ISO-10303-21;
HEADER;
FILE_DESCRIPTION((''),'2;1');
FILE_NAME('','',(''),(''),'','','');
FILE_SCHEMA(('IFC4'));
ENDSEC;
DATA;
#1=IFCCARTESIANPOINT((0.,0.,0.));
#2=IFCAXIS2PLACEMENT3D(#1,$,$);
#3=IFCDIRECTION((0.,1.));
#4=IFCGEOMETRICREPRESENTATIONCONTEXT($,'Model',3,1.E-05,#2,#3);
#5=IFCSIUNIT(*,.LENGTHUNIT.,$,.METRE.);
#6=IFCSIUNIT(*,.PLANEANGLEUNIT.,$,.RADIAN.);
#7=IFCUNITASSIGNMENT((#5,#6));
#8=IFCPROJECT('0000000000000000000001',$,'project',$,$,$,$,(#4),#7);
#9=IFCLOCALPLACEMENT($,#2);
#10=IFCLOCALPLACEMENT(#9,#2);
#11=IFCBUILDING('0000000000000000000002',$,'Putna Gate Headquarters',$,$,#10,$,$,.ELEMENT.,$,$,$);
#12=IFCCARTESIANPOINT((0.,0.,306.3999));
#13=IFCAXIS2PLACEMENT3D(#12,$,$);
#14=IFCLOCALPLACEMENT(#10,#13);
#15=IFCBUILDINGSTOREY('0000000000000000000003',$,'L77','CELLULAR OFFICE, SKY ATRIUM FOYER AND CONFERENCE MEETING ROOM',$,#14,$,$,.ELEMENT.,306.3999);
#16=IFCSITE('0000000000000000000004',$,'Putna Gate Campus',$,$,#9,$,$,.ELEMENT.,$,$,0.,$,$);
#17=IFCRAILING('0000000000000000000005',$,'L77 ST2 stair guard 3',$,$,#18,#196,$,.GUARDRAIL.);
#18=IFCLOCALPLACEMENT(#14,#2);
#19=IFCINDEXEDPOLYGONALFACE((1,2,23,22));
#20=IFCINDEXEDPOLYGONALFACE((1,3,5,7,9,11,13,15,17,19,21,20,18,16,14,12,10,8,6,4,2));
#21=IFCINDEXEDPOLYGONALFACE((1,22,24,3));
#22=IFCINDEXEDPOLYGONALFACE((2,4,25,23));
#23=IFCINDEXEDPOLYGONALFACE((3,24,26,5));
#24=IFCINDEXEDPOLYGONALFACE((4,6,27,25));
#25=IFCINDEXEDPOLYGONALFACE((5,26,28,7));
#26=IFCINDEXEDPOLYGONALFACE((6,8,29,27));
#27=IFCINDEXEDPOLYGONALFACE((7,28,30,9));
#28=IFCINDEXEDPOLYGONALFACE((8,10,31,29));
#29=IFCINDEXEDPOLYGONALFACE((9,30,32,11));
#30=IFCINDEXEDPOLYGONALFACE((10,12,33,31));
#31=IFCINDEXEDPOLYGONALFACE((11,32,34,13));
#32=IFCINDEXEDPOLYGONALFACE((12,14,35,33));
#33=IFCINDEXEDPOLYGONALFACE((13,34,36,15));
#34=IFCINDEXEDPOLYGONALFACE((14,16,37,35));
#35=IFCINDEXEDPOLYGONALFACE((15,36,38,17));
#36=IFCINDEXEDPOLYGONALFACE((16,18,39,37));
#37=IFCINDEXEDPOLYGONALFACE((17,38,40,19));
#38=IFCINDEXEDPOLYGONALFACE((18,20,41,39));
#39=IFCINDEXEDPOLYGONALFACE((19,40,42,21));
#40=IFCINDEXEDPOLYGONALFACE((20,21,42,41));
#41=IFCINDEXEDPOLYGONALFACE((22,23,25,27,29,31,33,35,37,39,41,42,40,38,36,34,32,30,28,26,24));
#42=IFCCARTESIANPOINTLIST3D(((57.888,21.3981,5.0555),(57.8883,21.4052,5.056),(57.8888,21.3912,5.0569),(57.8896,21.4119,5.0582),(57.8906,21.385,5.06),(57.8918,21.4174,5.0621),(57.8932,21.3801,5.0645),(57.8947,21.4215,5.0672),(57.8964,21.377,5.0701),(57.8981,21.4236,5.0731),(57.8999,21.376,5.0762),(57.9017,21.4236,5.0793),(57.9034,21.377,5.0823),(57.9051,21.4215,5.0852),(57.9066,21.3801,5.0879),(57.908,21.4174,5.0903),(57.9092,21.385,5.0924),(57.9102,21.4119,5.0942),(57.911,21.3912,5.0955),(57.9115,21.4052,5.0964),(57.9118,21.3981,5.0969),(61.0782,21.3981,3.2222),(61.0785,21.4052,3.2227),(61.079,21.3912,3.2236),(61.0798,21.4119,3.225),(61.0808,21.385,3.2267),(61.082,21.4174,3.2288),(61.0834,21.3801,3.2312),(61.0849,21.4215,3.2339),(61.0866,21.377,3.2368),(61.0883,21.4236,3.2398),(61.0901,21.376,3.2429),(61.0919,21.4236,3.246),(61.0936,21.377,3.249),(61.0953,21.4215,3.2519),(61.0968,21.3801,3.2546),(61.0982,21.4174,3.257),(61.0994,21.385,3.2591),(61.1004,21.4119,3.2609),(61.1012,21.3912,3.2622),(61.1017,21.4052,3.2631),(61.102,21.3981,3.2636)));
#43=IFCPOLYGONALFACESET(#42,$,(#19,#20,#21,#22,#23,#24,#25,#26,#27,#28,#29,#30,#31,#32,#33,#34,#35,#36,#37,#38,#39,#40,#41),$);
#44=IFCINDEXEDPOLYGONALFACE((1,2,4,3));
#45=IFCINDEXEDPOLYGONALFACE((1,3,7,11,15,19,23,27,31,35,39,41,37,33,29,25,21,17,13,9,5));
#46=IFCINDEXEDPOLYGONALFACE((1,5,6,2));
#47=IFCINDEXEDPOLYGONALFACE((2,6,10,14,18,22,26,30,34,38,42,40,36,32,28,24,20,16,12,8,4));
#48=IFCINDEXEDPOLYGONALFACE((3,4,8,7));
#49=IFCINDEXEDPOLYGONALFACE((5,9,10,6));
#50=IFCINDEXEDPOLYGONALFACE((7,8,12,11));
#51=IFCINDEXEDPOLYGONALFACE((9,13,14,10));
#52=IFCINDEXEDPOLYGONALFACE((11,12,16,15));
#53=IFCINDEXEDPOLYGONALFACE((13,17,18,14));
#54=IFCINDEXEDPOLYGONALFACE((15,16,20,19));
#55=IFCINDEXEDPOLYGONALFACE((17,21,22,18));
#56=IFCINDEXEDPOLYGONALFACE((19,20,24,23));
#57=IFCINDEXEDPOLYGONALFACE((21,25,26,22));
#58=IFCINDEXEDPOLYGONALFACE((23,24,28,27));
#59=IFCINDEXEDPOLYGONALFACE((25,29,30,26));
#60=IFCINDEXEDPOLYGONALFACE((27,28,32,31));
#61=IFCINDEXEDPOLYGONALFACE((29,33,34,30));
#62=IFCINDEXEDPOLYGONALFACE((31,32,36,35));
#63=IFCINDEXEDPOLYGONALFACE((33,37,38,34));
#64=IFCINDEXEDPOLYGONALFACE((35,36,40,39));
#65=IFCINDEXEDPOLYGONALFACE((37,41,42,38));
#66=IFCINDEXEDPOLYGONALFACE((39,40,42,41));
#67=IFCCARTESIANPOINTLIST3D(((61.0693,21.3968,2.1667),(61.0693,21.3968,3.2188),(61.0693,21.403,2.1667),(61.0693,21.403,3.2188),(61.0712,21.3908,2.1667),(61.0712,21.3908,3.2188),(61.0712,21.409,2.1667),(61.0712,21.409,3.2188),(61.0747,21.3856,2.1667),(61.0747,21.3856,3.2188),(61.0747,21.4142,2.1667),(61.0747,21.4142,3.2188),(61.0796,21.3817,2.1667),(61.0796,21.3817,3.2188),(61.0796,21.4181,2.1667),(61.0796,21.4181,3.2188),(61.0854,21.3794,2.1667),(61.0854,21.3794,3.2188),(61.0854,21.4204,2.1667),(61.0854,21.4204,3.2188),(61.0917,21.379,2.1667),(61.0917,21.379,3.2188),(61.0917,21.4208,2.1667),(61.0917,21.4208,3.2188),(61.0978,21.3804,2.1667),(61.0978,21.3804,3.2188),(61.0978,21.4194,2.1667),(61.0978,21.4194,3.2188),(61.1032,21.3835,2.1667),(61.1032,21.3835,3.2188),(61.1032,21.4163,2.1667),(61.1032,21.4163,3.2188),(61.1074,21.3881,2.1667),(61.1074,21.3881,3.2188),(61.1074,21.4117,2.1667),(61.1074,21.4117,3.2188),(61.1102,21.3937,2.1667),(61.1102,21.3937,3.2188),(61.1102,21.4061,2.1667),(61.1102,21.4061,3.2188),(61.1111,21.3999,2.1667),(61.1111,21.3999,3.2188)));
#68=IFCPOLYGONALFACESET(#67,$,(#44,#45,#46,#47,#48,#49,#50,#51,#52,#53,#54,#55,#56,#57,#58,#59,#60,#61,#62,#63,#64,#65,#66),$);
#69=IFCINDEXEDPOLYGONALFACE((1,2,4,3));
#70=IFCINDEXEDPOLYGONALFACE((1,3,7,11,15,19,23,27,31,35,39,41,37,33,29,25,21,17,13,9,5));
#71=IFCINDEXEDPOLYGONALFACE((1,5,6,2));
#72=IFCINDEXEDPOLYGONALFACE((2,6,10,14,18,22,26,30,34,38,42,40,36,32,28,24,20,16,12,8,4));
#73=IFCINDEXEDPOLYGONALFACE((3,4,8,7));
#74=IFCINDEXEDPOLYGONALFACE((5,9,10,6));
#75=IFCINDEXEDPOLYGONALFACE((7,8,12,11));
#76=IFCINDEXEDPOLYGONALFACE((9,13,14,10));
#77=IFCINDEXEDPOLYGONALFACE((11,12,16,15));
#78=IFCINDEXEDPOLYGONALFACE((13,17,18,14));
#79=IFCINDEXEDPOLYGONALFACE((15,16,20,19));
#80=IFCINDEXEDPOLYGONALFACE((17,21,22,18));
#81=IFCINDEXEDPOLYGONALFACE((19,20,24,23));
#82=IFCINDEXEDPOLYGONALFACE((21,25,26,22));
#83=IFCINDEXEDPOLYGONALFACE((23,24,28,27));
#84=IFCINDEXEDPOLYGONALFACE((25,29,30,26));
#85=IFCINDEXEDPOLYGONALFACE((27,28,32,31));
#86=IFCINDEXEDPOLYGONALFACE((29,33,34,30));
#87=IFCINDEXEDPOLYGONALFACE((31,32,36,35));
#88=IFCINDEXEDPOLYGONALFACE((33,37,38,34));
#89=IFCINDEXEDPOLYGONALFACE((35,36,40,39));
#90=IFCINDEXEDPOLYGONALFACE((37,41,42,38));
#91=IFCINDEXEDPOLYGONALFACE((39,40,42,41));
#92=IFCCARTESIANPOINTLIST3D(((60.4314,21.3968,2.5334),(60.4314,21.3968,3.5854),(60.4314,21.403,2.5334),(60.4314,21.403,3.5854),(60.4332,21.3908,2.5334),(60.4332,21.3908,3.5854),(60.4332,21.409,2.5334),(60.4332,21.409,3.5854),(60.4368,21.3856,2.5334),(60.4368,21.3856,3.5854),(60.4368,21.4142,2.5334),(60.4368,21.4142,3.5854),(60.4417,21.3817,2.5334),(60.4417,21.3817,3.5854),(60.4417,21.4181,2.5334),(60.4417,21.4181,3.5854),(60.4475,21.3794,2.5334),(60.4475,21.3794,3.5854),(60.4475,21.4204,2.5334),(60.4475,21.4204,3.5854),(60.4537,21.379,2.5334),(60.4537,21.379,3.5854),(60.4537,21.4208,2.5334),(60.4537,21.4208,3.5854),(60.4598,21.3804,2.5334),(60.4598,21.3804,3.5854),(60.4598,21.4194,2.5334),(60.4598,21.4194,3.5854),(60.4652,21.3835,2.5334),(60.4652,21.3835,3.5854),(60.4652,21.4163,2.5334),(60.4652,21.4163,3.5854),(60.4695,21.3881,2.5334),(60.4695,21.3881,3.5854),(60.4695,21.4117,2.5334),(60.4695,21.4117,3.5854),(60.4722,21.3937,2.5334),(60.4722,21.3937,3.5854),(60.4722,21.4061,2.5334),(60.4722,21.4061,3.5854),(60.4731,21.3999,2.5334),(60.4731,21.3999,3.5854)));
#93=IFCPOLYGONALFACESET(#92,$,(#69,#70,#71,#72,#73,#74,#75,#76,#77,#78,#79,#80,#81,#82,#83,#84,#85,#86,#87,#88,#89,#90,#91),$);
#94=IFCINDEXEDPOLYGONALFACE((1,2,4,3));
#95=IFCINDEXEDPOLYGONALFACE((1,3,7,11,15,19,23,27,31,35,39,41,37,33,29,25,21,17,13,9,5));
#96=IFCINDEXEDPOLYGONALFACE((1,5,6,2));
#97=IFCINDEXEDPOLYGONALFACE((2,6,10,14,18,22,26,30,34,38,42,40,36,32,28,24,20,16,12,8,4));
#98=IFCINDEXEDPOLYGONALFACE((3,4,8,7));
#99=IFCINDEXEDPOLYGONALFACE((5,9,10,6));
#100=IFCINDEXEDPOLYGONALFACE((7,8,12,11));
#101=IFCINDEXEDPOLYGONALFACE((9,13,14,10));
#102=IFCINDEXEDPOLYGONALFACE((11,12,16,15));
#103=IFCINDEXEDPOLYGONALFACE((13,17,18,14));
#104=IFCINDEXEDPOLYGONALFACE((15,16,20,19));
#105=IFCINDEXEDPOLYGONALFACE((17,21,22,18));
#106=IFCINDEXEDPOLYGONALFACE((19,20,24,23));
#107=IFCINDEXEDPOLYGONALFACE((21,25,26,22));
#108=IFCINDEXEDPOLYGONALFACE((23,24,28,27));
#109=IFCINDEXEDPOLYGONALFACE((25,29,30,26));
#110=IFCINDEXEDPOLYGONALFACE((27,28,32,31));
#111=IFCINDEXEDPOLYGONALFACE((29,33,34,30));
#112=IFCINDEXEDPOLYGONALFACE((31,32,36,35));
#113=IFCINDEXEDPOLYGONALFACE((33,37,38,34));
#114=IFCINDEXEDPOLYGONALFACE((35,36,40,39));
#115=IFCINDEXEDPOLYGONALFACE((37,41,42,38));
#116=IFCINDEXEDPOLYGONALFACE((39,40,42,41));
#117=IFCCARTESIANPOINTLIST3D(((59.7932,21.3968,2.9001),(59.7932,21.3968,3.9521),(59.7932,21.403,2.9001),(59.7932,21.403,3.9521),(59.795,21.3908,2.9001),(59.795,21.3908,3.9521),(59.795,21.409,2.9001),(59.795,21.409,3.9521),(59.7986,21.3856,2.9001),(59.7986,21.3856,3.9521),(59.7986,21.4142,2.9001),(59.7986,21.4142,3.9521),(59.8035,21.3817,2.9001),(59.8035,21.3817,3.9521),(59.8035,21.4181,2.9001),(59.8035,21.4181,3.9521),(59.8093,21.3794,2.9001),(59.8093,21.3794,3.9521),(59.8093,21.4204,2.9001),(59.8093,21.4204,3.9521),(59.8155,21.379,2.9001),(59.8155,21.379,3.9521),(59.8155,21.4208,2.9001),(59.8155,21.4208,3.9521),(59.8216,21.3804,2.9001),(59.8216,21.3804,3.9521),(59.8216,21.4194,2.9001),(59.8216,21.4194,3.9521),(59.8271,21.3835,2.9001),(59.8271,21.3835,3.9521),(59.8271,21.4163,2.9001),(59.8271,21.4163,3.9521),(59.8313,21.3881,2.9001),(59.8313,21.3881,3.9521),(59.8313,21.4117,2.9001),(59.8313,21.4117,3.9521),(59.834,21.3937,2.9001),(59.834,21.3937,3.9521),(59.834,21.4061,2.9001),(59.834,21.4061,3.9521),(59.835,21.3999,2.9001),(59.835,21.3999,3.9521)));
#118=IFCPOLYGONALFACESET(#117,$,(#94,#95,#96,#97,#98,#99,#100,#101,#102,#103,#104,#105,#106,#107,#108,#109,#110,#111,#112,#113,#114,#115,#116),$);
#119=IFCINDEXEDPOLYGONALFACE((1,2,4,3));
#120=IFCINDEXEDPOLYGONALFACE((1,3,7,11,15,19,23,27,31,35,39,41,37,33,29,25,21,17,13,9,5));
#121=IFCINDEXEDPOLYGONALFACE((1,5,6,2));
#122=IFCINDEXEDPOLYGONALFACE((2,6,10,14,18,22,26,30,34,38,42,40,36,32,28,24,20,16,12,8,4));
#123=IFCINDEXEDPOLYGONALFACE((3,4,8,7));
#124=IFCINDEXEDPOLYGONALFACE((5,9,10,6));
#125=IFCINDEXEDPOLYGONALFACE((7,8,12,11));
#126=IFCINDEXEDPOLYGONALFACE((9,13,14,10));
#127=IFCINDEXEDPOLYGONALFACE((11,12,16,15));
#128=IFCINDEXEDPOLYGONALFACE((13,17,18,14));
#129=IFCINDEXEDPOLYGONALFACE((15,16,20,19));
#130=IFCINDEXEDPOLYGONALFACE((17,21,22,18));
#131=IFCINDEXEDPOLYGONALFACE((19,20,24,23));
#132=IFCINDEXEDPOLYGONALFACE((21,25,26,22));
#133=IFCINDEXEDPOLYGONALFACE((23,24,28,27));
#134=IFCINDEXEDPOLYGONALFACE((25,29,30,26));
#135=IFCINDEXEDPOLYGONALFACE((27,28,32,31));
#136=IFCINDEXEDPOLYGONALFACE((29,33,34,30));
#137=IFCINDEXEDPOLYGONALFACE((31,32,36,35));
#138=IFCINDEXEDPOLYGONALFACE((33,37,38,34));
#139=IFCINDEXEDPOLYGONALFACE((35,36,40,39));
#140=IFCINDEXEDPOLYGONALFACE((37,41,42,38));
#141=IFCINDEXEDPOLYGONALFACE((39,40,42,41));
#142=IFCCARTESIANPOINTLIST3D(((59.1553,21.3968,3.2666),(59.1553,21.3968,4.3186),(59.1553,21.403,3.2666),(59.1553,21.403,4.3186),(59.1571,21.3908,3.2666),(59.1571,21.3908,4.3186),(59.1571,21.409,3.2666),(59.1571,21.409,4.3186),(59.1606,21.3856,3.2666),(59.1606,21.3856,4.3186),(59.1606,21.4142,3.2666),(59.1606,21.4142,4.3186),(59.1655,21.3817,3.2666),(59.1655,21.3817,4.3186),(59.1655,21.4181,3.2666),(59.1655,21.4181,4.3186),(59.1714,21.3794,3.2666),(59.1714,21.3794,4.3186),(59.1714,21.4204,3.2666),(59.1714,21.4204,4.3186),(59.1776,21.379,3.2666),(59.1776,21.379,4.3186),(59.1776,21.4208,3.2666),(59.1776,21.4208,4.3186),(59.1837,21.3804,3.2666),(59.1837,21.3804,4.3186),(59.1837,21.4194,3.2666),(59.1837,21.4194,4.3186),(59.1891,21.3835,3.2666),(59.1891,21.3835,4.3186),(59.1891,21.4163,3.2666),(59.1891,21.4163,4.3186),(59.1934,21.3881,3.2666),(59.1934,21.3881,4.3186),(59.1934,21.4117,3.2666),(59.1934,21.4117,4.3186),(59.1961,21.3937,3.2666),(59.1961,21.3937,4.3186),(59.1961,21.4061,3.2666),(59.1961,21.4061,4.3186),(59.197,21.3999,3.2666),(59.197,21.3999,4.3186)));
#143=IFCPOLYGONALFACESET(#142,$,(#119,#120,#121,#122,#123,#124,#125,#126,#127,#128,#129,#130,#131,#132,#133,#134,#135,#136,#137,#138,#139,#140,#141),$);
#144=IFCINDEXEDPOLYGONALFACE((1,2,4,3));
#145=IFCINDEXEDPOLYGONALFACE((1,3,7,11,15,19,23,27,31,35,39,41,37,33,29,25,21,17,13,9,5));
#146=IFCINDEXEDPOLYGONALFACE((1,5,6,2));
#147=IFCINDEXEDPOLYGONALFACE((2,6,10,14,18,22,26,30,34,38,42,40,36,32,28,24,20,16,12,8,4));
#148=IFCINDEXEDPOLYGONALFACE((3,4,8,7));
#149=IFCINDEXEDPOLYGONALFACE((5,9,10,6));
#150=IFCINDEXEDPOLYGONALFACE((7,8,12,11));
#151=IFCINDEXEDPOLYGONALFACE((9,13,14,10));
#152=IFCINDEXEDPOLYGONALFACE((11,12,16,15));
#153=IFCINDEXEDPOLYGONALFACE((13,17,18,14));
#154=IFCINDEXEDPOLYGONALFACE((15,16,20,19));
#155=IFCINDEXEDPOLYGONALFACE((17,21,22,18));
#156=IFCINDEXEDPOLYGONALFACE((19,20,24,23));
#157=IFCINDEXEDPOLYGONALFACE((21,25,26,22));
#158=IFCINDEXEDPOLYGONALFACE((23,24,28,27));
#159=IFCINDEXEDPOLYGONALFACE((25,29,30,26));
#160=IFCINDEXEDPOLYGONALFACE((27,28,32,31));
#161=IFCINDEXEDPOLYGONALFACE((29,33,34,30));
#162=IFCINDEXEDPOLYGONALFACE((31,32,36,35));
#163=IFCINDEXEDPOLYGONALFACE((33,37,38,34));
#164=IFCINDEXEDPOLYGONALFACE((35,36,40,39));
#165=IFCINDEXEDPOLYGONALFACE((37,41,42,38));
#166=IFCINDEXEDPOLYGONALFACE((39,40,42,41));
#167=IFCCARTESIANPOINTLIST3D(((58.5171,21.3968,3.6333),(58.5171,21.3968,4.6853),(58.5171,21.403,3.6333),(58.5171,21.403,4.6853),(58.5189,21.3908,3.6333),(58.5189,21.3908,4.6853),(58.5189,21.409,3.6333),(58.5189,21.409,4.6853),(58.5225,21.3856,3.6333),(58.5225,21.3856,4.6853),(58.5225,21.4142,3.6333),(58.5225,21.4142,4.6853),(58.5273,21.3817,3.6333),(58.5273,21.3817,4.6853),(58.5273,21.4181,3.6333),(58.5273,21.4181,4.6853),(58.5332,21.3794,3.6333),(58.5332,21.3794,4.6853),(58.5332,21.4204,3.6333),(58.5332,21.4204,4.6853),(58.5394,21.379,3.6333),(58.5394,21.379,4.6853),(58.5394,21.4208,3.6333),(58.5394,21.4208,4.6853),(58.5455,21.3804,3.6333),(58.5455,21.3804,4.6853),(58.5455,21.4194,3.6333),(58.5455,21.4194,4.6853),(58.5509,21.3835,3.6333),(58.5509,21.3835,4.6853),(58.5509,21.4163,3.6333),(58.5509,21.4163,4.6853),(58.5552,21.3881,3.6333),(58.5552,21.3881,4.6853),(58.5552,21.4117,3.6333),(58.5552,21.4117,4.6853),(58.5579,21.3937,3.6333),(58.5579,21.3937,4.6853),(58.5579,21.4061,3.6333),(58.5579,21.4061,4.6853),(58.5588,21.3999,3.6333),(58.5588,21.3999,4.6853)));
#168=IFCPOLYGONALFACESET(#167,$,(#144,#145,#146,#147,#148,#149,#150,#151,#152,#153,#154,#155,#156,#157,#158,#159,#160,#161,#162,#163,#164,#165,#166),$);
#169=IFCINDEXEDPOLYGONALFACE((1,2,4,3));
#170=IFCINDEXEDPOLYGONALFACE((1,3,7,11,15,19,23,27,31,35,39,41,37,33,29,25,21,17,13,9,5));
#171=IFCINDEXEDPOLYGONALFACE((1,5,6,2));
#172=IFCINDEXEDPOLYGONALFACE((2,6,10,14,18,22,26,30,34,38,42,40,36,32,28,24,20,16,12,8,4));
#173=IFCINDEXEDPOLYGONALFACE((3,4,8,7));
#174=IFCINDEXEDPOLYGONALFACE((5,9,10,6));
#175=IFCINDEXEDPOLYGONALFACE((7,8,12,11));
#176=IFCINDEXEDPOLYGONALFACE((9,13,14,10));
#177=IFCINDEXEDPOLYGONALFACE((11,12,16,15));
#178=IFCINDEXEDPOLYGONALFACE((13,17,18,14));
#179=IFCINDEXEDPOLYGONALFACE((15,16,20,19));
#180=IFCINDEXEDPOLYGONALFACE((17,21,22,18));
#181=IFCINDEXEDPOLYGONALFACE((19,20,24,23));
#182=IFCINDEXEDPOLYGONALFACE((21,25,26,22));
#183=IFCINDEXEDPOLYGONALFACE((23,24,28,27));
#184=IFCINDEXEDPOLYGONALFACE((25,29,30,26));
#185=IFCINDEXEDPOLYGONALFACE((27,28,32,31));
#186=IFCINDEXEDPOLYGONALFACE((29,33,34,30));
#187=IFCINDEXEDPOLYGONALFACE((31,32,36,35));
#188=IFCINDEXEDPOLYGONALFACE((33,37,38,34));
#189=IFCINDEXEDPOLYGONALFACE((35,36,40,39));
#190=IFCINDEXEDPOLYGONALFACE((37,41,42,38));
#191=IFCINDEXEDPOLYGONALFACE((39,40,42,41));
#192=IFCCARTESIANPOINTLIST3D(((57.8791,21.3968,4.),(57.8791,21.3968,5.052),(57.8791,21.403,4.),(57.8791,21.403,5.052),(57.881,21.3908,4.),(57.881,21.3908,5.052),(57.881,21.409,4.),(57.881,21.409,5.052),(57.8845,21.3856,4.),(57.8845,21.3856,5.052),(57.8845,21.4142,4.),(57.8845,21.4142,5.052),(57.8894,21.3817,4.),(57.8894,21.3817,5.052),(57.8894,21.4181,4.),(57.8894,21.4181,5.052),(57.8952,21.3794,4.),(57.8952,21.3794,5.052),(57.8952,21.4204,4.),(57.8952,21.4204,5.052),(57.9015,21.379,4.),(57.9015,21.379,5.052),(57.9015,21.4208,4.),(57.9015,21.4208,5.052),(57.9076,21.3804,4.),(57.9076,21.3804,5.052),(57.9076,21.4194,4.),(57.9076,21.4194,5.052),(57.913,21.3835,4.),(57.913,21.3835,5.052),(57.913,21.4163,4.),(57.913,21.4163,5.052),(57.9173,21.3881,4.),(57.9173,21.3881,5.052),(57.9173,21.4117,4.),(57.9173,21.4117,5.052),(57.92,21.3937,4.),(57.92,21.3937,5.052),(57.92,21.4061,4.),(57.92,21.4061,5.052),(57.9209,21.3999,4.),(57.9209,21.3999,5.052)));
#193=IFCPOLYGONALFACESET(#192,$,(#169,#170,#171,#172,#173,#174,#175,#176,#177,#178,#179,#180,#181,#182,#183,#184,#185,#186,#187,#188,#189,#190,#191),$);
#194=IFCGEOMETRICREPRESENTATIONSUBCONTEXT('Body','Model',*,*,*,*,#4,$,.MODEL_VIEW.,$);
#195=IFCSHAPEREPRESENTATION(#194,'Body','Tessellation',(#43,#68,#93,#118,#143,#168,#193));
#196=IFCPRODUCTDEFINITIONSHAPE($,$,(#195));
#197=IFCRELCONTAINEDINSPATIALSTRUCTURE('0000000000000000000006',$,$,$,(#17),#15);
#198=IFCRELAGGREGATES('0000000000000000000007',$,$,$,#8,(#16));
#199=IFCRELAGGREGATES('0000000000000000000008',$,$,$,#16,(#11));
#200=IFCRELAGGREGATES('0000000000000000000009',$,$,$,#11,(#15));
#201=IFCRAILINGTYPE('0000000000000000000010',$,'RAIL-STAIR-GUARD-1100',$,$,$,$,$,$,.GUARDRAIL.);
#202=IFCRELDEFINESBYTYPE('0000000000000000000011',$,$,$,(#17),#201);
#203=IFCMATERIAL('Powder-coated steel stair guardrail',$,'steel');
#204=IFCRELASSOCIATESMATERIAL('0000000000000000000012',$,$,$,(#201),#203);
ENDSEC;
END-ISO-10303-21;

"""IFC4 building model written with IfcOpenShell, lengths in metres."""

from ifc_helpers import new_model, si_unit, direction, frame, origin, origin_2d, place, context, subcontext, project, spatial, circle, extrude, material, type_object, element, save


model = new_model("IFC4")

# Units and contexts
model_context = context("Model", 3, precision=1e-05, world=origin(), true_north=direction((0.0, 1.0)))
body_context = subcontext(model_context, "Body", "Model", "MODEL_VIEW")
ifc_project = project(units=[si_unit("LENGTHUNIT", "METRE"), si_unit("PLANEANGLEUNIT", "RADIAN")], contexts=[model_context])

# Site, building, storey
site_placement = place(None, origin())
site = spatial("IfcSite", under=ifc_project, at=site_placement, Name="Putna Gate Campus", CompositionType="ELEMENT", RefElevation=0.0)
building_placement = place(site_placement, origin())
building = spatial("IfcBuilding", under=site, at=building_placement, Name="Putna Gate Headquarters", CompositionType="ELEMENT")
storey_placement = place(building_placement, frame((0.0, 0.0, 306.3999)))
storey = spatial("IfcBuildingStorey", under=building, at=storey_placement, Name="L77", Description="CELLULAR OFFICE, SKY ATRIUM FOYER AND CONFERENCE MEETING ROOM", CompositionType="ELEMENT", Elevation=306.3999)

# Railing
ifc_material_1 = material(Name="Powder-coated steel stair guardrail", Category="steel")
railing_type = type_object("IfcRailingType", Name="RAIL-STAIR-GUARD-1100", PredefinedType="GUARDRAIL", material=ifc_material_1)
railing_1_placement = place(storey_placement, frame((61.0901, 21.3999, 2.1667)))
element("IfcRailing", 1, at=railing_1_placement, inside=storey, type_object=railing_type, Name="L77 ST2 stair guard 3", PredefinedType="GUARDRAIL", context=body_context, shape_type="SweptSolid", body=[
    extrude(circle(Radius=0.0239, at=origin_2d()), frame((0.0, 0.0, 1.0762), z_axis=(-0.867036, 0.0, 0.498245), x_axis=(0.0, -1.0, 0.0)), (0.0, 0.0, 1.0), 3.6794),
    extrude(circle(Radius=0.021, at=origin_2d()), origin(), (0.0, 0.0, 1.0), 1.052),
    extrude(circle(Radius=0.021, at=origin_2d()), frame((-0.6379, 0.0, 0.3667)), (0.0, 0.0, 1.0), 1.052),
    extrude(circle(Radius=0.021, at=origin_2d()), frame((-1.2761, 0.0, 0.7334)), (0.0, 0.0, 1.0), 1.052),
    extrude(circle(Radius=0.021, at=origin_2d()), frame((-1.9141, 0.0, 1.0999)), (0.0, 0.0, 1.0), 1.052),
    extrude(circle(Radius=0.021, at=origin_2d()), frame((-2.5522, 0.0, 1.4666)), (0.0, 0.0, 1.0), 1.052),
    extrude(circle(Radius=0.021, at=origin_2d()), frame((-3.1902, 0.0, 1.8333)), (0.0, 0.0, 1.0), 1.052),
])

save(model, "model.ifc")
